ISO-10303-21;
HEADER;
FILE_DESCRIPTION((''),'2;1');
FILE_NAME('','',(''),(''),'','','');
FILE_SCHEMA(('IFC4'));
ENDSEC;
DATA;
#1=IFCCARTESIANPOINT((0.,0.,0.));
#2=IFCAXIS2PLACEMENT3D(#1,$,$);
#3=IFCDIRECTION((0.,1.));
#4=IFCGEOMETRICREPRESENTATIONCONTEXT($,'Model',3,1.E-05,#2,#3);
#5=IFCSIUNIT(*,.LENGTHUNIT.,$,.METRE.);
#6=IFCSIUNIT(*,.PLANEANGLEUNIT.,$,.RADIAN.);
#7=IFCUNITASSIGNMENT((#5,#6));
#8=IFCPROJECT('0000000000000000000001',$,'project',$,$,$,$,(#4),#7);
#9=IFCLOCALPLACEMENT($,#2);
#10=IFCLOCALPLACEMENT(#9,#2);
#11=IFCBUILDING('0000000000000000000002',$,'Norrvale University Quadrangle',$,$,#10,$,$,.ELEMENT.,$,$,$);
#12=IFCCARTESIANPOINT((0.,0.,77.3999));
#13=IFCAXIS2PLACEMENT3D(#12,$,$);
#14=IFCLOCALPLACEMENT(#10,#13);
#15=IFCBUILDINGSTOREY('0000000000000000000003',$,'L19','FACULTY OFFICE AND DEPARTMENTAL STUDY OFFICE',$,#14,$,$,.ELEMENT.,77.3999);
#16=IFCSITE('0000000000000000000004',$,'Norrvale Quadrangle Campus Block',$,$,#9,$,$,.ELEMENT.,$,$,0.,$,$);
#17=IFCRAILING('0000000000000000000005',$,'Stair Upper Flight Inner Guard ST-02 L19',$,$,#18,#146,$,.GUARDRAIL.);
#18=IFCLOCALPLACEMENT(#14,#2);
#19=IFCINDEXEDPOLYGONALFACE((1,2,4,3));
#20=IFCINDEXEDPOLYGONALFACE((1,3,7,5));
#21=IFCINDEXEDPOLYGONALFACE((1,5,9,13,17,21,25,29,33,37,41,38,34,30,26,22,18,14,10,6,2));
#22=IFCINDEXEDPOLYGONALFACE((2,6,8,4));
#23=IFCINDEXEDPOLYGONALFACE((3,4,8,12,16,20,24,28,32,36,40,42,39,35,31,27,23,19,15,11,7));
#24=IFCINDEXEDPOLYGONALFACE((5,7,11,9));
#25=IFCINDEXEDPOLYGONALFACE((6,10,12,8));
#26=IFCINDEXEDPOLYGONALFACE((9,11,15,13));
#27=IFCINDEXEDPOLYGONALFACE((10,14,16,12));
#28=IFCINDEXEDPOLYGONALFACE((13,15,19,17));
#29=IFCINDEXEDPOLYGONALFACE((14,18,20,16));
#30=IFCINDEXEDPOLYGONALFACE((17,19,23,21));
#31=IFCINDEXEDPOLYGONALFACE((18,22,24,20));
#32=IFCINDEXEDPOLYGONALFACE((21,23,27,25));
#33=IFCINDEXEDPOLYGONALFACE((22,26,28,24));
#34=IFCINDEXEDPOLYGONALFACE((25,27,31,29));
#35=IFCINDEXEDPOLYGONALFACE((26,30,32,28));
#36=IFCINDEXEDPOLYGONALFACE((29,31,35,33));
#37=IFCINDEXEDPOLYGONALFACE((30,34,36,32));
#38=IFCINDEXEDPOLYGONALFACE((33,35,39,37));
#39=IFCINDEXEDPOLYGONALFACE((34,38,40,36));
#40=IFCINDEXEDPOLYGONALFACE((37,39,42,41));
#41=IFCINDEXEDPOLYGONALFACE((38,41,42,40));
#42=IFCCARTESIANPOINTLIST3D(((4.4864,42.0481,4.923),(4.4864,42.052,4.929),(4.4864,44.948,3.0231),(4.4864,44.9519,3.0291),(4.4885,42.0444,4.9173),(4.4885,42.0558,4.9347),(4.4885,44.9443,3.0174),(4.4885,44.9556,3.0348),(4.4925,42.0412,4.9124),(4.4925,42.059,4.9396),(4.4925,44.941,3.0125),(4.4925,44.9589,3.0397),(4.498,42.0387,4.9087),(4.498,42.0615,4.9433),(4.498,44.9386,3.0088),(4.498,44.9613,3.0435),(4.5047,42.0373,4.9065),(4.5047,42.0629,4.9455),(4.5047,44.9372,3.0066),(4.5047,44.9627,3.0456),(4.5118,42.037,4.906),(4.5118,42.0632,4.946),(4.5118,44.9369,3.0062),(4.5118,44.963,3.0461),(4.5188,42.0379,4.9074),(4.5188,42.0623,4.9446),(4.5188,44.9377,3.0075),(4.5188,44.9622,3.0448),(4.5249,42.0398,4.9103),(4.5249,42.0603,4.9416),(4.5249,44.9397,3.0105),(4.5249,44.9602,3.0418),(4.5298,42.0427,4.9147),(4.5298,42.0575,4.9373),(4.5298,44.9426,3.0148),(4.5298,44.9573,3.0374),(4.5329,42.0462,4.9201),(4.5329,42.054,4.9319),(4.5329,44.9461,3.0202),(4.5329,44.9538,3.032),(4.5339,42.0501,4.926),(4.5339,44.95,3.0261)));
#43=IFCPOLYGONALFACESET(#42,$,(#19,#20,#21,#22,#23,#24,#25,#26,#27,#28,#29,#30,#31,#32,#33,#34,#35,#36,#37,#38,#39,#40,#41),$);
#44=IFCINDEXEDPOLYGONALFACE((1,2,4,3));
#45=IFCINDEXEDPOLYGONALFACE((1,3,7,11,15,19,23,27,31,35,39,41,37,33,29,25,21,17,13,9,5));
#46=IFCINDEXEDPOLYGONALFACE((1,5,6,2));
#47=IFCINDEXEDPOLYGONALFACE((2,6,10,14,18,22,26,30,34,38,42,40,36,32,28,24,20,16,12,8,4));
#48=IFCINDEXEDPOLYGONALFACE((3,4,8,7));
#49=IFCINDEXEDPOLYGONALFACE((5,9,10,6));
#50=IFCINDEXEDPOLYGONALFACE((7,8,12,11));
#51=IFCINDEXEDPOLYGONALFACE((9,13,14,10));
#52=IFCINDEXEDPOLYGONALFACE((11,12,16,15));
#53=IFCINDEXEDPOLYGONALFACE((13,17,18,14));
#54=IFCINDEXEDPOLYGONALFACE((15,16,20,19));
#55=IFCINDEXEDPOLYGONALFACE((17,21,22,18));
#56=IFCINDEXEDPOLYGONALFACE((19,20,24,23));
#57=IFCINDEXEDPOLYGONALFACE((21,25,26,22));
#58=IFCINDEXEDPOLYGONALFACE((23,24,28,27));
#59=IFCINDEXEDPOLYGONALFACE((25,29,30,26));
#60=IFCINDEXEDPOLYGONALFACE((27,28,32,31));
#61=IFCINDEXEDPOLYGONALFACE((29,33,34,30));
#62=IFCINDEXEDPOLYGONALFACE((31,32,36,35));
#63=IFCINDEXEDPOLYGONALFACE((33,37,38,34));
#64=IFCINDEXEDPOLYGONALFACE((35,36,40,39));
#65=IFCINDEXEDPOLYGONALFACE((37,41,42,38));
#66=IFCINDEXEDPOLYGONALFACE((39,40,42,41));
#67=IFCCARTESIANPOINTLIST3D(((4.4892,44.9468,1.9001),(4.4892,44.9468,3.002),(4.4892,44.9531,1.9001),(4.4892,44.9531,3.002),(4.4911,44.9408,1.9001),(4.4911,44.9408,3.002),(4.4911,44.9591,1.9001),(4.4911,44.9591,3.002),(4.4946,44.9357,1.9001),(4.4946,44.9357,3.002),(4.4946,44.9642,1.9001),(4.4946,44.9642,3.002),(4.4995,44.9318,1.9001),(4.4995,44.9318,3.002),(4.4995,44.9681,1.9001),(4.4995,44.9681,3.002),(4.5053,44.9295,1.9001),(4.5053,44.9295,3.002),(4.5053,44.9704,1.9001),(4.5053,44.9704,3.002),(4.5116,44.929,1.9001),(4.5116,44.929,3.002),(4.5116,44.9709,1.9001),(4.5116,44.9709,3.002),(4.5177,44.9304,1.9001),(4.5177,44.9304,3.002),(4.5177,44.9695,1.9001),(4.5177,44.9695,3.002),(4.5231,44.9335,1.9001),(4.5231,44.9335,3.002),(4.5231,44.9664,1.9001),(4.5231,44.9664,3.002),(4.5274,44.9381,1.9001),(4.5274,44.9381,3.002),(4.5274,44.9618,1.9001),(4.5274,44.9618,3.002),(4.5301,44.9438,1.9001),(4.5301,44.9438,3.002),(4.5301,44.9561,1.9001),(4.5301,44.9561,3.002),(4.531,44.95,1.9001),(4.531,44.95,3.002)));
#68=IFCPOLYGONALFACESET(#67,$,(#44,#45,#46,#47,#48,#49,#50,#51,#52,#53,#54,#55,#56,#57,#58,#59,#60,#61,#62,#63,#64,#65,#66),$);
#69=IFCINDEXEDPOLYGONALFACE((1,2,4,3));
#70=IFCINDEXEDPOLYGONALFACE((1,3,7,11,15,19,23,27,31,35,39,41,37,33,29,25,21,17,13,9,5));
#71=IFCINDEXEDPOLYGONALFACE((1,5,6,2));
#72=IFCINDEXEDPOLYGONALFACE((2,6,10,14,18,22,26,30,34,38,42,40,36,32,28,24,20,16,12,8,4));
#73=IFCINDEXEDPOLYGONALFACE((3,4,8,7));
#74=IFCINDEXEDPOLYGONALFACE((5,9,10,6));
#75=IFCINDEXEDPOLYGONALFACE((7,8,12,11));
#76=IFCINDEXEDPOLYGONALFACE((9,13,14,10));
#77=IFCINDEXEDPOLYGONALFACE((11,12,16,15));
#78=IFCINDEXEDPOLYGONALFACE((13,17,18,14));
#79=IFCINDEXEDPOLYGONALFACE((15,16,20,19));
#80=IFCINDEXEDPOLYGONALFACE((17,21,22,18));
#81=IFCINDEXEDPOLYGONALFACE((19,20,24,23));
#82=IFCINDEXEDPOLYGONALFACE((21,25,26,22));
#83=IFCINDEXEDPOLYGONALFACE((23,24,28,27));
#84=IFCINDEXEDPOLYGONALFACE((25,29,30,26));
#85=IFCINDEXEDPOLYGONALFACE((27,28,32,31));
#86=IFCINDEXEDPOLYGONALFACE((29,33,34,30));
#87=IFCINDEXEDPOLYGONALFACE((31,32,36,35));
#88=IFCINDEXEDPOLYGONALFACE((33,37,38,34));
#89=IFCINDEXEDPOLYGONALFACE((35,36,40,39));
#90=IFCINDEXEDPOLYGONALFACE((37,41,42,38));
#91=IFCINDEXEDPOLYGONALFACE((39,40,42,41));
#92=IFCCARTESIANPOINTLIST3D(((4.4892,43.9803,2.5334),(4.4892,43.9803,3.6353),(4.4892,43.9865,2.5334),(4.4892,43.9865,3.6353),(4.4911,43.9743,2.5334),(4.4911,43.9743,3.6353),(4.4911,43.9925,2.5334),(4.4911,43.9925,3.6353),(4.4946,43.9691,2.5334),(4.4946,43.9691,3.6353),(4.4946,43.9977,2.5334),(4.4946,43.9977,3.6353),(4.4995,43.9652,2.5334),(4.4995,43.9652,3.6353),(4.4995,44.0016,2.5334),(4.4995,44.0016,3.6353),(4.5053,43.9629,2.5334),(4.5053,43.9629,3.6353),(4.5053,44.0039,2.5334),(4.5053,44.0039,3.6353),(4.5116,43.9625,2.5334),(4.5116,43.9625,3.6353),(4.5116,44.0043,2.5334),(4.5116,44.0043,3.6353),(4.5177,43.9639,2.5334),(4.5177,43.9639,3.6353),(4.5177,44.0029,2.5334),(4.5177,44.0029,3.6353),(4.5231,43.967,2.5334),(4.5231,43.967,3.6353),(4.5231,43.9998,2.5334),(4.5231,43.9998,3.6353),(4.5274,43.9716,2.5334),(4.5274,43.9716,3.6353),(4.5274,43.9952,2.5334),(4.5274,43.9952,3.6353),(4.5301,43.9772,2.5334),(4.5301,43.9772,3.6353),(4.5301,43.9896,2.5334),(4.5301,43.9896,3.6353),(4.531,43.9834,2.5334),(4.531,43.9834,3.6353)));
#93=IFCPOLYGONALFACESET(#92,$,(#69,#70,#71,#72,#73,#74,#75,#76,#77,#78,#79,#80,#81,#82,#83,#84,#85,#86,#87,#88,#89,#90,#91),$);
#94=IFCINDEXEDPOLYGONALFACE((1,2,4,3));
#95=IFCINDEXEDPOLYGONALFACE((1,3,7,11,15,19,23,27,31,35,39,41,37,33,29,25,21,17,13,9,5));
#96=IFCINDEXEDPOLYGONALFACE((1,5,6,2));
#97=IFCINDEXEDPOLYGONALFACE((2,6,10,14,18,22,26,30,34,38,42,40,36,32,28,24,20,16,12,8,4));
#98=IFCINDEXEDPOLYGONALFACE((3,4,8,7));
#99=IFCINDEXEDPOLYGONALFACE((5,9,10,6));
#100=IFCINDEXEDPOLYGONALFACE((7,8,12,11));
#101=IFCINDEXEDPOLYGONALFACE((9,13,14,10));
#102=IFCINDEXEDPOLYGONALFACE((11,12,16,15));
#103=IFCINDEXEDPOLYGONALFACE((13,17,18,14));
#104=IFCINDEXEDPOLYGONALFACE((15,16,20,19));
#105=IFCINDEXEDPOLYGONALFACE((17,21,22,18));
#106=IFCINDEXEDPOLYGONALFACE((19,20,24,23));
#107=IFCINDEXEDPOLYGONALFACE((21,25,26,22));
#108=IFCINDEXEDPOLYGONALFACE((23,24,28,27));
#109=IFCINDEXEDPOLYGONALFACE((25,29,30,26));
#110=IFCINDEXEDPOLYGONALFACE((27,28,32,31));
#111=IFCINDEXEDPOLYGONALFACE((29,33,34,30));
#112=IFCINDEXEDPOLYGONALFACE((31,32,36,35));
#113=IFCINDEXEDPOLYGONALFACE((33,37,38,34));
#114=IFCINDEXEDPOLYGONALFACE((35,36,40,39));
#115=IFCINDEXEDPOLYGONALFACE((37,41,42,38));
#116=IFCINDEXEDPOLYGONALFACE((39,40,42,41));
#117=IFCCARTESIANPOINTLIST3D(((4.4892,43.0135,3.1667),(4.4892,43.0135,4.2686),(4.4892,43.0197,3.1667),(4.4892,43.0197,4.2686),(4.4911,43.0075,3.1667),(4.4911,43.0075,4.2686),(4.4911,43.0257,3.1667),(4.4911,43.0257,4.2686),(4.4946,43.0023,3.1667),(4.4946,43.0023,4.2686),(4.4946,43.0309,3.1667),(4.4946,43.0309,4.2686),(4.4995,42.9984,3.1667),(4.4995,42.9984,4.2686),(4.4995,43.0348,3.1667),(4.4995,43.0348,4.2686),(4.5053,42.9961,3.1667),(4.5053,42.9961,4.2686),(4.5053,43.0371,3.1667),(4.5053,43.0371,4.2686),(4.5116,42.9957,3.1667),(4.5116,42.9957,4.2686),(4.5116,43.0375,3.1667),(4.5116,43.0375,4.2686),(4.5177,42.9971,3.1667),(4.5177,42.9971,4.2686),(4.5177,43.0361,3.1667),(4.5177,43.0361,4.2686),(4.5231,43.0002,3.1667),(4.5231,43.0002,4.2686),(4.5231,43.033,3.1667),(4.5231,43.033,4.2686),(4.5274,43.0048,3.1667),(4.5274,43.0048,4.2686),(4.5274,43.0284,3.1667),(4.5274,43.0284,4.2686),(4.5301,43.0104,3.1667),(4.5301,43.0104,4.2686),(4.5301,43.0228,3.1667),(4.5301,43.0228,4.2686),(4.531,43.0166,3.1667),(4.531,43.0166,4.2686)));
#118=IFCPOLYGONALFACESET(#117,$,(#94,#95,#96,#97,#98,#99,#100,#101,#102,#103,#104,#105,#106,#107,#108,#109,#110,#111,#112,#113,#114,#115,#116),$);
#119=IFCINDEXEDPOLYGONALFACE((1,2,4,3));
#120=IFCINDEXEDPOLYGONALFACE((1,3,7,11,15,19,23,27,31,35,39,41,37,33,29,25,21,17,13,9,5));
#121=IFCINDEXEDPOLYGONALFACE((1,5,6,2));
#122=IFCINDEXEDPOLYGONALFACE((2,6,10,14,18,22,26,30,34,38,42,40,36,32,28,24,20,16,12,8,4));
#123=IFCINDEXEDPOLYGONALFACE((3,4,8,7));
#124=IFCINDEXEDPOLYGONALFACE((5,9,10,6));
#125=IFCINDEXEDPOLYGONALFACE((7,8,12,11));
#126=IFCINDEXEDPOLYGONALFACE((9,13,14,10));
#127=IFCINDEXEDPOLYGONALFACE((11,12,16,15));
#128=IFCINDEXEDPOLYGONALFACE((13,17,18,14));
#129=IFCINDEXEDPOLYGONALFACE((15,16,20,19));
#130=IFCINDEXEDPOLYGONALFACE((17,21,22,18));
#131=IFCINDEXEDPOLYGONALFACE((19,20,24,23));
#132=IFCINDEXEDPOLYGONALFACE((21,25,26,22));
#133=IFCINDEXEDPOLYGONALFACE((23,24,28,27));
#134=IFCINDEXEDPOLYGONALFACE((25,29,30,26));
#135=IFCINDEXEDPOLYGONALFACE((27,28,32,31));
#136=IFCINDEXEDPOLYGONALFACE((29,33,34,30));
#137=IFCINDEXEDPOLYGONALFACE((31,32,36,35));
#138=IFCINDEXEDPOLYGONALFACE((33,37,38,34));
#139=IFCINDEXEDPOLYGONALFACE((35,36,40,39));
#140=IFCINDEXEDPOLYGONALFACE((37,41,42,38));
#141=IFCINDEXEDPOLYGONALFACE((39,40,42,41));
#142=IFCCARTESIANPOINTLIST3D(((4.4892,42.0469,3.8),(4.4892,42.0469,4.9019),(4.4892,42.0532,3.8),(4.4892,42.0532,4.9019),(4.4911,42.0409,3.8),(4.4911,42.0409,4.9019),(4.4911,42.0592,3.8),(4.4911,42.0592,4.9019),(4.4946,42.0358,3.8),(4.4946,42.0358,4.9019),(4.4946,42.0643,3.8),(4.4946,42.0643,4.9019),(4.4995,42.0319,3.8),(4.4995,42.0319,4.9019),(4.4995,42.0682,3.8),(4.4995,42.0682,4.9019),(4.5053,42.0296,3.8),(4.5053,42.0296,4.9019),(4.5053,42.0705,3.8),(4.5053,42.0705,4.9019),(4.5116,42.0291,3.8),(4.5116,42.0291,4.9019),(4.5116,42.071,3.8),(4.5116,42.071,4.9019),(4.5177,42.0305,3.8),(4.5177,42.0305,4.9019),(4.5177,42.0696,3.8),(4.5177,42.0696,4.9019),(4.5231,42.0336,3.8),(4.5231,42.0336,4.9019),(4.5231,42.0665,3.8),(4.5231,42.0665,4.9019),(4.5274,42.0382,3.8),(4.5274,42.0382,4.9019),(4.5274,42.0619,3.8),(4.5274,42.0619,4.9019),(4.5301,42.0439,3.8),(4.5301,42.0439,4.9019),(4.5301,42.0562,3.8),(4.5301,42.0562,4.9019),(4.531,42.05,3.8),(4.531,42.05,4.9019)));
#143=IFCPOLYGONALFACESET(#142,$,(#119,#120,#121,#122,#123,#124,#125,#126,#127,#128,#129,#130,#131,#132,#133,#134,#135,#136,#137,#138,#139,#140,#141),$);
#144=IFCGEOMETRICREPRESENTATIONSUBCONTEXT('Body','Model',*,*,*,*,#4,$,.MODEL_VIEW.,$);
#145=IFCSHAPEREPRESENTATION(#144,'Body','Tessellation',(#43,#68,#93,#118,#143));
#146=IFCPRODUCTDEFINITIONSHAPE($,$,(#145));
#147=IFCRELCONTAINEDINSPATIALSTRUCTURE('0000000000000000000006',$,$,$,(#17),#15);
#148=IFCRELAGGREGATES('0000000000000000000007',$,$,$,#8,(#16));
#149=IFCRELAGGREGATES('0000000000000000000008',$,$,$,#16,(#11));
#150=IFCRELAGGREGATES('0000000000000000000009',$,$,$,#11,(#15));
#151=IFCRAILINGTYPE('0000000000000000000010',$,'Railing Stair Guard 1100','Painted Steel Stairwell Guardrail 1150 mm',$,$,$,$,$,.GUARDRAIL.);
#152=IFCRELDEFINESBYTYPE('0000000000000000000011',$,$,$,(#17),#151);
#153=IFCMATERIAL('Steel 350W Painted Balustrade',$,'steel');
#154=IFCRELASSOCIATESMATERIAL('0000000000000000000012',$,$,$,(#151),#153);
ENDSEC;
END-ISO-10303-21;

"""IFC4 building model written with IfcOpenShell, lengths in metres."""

from ifc_helpers import new_model, si_unit, direction, frame, origin, origin_2d, place, context, subcontext, project, spatial, circle, extrude, material, type_object, element, save


model = new_model("IFC4")

# Units and contexts
model_context = context("Model", 3, precision=1e-05, world=origin(), true_north=direction((0.0, 1.0)))
body_context = subcontext(model_context, "Body", "Model", "MODEL_VIEW")
ifc_project = project(units=[si_unit("LENGTHUNIT", "METRE"), si_unit("PLANEANGLEUNIT", "RADIAN")], contexts=[model_context])

# Site, building, storey
site_placement = place(None, origin())
site = spatial("IfcSite", under=ifc_project, at=site_placement, Name="Norrvale Quadrangle Campus Block", CompositionType="ELEMENT", RefElevation=0.0)
building_placement = place(site_placement, origin())
building = spatial("IfcBuilding", under=site, at=building_placement, Name="Norrvale University Quadrangle", CompositionType="ELEMENT")
storey_placement = place(building_placement, frame((0.0, 0.0, 77.3999)))
storey = spatial("IfcBuildingStorey", under=building, at=storey_placement, Name="L19", Description="FACULTY OFFICE AND DEPARTMENTAL STUDY OFFICE", CompositionType="ELEMENT", Elevation=77.3999)

# Railing
ifc_material_1 = material(Name="Steel 350W Painted Balustrade", Category="steel")
railing_type_1 = type_object("IfcRailingType", Name="Railing Stair Guard 1100", Description="Painted Steel Stairwell Guardrail 1150 mm", PredefinedType="GUARDRAIL", material=ifc_material_1)
railing_1_placement = place(storey_placement, frame((4.51, 44.95, 1.9001)))
element("IfcRailing", 1, at=railing_1_placement, inside=storey, type_object=railing_type_1, Name="Stair Upper Flight Inner Guard ST-02 L19", PredefinedType="GUARDRAIL", context=body_context, shape_type="SweptSolid", body=[
    extrude(circle(Radius=0.0239, at=origin_2d()), frame((0.0, 0.0, 1.126), z_axis=(0.0, -0.836466, 0.548019), x_axis=(1.0, 0.0, 0.0)), (0.0, 0.0, 1.0), 3.4668),
    extrude(circle(Radius=0.021, at=origin_2d()), origin(), (0.0, 0.0, 1.0), 1.1018),
    extrude(circle(Radius=0.021, at=origin_2d()), frame((0.0, -0.9666, 0.6333)), (0.0, 0.0, 1.0), 1.1018),
    extrude(circle(Radius=0.021, at=origin_2d()), frame((0.0, -1.9333, 1.2666)), (0.0, 0.0, 1.0), 1.1018),
    extrude(circle(Radius=0.021, at=origin_2d()), frame((0.0, -2.8999, 1.8999)), (0.0, 0.0, 1.0), 1.1018),
])

save(model, "model.ifc")
